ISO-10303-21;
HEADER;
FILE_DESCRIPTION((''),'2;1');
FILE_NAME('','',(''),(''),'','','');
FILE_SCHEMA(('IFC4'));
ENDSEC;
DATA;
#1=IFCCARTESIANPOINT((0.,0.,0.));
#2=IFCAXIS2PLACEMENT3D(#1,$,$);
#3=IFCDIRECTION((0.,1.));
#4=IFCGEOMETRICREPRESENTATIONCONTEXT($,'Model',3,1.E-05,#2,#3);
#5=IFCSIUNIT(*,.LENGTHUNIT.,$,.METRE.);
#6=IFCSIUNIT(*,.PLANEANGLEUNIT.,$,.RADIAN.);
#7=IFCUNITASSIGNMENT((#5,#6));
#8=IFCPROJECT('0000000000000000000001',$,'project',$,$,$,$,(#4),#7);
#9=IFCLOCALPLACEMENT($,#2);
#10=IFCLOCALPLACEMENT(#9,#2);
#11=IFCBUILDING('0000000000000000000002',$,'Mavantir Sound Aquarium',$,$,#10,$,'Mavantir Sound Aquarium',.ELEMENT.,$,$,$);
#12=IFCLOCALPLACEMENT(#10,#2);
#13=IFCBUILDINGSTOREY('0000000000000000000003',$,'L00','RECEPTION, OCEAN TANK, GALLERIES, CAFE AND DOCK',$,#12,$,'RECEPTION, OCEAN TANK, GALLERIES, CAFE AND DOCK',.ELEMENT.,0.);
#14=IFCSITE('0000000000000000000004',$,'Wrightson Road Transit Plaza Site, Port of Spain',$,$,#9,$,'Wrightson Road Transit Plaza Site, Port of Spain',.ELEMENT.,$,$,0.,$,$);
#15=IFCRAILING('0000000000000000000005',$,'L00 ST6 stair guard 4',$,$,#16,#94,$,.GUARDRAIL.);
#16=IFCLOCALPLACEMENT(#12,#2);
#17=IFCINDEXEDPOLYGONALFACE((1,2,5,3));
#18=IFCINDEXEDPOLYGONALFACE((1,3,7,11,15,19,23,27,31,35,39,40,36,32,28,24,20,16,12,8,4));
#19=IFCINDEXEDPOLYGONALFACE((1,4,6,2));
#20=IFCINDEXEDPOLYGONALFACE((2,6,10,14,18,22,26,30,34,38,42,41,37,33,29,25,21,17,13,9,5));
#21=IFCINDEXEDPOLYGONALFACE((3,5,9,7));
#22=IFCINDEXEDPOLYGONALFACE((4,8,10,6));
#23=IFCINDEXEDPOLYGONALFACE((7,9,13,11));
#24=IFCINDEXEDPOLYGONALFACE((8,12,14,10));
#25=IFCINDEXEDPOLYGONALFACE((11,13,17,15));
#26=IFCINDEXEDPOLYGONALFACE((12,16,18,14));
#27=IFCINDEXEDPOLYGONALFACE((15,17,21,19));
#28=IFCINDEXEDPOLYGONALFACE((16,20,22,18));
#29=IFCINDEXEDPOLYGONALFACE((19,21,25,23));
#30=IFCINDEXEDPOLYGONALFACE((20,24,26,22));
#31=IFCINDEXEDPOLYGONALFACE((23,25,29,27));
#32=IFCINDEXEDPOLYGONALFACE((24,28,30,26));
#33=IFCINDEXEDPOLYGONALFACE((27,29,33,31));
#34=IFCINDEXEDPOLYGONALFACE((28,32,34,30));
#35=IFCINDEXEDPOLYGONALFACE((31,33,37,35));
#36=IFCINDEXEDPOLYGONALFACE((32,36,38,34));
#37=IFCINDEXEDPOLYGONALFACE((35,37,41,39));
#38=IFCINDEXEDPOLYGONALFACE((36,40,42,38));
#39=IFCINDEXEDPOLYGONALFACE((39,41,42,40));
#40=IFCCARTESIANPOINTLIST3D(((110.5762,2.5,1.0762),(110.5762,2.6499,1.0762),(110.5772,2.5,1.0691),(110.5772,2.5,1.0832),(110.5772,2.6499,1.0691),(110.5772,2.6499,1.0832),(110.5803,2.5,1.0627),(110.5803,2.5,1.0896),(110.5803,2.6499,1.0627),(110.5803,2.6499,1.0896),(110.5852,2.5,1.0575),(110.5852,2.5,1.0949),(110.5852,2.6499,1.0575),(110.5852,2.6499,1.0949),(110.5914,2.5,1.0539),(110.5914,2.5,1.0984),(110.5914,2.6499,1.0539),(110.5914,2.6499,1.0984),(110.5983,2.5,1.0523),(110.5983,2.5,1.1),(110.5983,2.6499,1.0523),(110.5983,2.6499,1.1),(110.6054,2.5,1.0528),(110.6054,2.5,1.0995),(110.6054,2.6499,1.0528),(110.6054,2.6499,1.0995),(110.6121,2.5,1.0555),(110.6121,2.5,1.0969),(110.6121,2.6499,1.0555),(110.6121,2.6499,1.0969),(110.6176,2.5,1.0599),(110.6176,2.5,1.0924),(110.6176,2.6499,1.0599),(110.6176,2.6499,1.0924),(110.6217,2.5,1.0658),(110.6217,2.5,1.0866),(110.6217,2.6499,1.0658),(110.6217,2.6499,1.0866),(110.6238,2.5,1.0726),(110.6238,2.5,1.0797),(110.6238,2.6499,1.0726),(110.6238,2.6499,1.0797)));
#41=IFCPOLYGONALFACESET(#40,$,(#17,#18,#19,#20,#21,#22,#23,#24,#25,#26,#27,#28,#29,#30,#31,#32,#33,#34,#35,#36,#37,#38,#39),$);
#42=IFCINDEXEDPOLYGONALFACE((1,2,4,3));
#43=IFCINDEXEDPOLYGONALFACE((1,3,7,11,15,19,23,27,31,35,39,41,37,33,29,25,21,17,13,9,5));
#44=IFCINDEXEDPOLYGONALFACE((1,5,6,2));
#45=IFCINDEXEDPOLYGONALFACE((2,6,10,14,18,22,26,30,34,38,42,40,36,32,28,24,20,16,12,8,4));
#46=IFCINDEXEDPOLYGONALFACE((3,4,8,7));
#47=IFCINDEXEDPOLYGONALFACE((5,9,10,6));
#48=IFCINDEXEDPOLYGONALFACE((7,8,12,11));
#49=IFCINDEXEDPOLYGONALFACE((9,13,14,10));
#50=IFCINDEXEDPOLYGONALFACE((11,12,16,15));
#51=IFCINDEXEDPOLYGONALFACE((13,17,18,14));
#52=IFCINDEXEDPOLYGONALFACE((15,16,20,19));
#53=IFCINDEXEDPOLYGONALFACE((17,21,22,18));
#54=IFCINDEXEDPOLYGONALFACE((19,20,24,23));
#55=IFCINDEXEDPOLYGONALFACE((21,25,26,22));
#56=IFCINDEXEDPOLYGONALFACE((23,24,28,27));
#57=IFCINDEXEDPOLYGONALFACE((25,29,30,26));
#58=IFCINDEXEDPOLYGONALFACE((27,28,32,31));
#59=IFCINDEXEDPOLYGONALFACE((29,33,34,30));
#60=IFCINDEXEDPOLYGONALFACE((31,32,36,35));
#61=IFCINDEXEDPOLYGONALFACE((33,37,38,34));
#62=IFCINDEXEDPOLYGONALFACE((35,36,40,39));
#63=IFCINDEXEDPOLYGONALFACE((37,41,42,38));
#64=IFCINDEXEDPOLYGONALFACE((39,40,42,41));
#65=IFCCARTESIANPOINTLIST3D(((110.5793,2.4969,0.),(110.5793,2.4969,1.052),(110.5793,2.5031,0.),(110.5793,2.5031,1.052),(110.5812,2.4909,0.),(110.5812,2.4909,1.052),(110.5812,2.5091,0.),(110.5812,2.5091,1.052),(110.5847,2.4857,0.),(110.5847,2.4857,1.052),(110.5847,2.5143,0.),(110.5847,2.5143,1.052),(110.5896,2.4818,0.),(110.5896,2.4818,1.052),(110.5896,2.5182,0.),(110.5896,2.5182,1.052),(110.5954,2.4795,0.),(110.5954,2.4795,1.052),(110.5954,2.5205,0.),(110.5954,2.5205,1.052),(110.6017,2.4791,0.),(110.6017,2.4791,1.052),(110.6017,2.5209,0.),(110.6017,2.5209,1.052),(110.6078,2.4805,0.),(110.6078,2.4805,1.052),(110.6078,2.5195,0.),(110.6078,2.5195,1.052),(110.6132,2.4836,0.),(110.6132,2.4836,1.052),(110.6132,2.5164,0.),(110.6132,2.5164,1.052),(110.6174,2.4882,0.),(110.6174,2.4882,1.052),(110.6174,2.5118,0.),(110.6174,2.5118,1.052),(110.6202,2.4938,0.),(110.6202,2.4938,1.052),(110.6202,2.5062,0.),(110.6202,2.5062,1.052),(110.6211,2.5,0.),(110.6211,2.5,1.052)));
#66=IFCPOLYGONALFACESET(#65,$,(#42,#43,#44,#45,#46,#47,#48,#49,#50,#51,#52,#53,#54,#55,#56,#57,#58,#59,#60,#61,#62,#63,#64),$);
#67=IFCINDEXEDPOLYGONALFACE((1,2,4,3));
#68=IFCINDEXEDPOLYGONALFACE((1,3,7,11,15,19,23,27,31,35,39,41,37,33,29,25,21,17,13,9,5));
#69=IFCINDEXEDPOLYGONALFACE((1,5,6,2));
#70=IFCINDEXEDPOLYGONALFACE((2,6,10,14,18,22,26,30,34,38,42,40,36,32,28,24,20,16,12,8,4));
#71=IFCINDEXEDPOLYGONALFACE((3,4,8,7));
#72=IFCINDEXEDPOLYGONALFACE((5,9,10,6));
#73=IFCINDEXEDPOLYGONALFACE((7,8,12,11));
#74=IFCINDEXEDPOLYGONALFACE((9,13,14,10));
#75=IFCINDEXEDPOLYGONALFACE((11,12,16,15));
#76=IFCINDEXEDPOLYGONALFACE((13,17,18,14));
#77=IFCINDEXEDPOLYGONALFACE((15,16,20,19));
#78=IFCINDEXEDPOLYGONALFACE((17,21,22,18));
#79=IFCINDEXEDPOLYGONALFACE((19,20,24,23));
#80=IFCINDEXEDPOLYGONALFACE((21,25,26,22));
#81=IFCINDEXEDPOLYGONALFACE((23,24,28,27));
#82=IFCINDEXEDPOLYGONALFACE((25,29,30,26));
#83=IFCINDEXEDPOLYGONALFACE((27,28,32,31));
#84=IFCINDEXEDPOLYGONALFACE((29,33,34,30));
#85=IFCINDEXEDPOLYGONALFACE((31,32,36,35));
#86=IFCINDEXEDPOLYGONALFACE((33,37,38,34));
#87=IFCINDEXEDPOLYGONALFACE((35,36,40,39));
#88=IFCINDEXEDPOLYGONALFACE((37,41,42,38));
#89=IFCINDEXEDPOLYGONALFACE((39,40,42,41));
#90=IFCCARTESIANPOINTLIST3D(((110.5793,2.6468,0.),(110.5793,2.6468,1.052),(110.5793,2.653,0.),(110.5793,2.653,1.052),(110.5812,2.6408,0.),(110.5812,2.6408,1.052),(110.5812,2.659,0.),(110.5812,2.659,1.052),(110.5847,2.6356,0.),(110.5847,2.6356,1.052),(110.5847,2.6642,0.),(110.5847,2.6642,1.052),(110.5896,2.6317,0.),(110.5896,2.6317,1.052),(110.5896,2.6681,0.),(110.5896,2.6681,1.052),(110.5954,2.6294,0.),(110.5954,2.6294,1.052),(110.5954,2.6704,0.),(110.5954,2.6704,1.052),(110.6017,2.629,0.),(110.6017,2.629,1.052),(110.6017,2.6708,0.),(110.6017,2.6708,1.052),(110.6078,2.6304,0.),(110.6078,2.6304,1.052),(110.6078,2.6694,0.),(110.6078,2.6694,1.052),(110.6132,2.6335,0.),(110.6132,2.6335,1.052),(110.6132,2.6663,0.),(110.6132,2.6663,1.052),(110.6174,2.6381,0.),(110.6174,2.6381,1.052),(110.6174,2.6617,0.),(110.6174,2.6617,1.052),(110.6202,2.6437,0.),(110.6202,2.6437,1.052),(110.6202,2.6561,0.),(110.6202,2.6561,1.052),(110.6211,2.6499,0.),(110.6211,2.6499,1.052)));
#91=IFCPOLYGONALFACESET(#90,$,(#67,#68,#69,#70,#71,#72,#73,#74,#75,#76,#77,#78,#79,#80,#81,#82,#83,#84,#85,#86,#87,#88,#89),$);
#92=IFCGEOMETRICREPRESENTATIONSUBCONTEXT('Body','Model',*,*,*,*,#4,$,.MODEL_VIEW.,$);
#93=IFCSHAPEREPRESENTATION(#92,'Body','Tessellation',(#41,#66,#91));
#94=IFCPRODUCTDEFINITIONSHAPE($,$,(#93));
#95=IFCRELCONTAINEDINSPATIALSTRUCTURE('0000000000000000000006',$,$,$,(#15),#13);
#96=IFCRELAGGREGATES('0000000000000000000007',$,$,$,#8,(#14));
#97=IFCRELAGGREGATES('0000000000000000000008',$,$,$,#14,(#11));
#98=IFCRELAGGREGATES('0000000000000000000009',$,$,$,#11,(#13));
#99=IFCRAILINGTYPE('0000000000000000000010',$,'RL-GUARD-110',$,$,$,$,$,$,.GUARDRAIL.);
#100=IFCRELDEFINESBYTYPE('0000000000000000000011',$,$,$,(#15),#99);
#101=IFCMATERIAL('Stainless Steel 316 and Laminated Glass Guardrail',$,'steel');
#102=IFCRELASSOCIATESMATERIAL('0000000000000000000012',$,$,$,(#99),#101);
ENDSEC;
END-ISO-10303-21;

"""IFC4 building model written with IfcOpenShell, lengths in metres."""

from ifc_helpers import new_model, si_unit, direction, frame, origin, origin_2d, place, context, subcontext, project, spatial, circle, extrude, material, type_object, element, save


model = new_model("IFC4")

# Units and contexts
model_context = context("Model", 3, precision=1e-05, world=origin(), true_north=direction((0.0, 1.0)))
body_context = subcontext(model_context, "Body", "Model", "MODEL_VIEW")
ifc_project = project(units=[si_unit("LENGTHUNIT", "METRE"), si_unit("PLANEANGLEUNIT", "RADIAN")], contexts=[model_context])

# Site, building, storey
site_placement = place(None, origin())
site = spatial("IfcSite", under=ifc_project, at=site_placement, Name="Wrightson Road Transit Plaza Site, Port of Spain", LongName="Wrightson Road Transit Plaza Site, Port of Spain", CompositionType="ELEMENT", RefElevation=0.0)
building_placement = place(site_placement, origin())
building = spatial("IfcBuilding", under=site, at=building_placement, Name="Mavantir Sound Aquarium", LongName="Mavantir Sound Aquarium", CompositionType="ELEMENT")
storey_placement = place(building_placement, origin())
storey = spatial("IfcBuildingStorey", under=building, at=storey_placement, Name="L00", Description="RECEPTION, OCEAN TANK, GALLERIES, CAFE AND DOCK", LongName="RECEPTION, OCEAN TANK, GALLERIES, CAFE AND DOCK", CompositionType="ELEMENT", Elevation=0.0)

# Railing
ifc_material_1 = material(Name="Stainless Steel 316 and Laminated Glass Guardrail", Category="steel")
railing_type_1 = type_object("IfcRailingType", Name="RL-GUARD-110", PredefinedType="GUARDRAIL", material=ifc_material_1)
railing_1_placement = place(storey_placement, frame((110.6001, 2.5, 0.0)))
element("IfcRailing", 1, at=railing_1_placement, inside=storey, type_object=railing_type_1, Name="L00 ST6 stair guard 4", PredefinedType="GUARDRAIL", context=body_context, shape_type="SweptSolid", body=[
    extrude(circle(Radius=0.0239, at=origin_2d()), frame((0.0, 0.0, 1.0762), z_axis=(0.0, 1.0, 0.0), x_axis=(-1.0, 0.0, 0.0)), (0.0, 0.0, 1.0), 0.1499),
    extrude(circle(Radius=0.021, at=origin_2d()), origin(), (0.0, 0.0, 1.0), 1.052),
    extrude(circle(Radius=0.021, at=origin_2d()), frame((0.0, 0.1499, 0.0)), (0.0, 0.0, 1.0), 1.052),
])

save(model, "model.ifc")
